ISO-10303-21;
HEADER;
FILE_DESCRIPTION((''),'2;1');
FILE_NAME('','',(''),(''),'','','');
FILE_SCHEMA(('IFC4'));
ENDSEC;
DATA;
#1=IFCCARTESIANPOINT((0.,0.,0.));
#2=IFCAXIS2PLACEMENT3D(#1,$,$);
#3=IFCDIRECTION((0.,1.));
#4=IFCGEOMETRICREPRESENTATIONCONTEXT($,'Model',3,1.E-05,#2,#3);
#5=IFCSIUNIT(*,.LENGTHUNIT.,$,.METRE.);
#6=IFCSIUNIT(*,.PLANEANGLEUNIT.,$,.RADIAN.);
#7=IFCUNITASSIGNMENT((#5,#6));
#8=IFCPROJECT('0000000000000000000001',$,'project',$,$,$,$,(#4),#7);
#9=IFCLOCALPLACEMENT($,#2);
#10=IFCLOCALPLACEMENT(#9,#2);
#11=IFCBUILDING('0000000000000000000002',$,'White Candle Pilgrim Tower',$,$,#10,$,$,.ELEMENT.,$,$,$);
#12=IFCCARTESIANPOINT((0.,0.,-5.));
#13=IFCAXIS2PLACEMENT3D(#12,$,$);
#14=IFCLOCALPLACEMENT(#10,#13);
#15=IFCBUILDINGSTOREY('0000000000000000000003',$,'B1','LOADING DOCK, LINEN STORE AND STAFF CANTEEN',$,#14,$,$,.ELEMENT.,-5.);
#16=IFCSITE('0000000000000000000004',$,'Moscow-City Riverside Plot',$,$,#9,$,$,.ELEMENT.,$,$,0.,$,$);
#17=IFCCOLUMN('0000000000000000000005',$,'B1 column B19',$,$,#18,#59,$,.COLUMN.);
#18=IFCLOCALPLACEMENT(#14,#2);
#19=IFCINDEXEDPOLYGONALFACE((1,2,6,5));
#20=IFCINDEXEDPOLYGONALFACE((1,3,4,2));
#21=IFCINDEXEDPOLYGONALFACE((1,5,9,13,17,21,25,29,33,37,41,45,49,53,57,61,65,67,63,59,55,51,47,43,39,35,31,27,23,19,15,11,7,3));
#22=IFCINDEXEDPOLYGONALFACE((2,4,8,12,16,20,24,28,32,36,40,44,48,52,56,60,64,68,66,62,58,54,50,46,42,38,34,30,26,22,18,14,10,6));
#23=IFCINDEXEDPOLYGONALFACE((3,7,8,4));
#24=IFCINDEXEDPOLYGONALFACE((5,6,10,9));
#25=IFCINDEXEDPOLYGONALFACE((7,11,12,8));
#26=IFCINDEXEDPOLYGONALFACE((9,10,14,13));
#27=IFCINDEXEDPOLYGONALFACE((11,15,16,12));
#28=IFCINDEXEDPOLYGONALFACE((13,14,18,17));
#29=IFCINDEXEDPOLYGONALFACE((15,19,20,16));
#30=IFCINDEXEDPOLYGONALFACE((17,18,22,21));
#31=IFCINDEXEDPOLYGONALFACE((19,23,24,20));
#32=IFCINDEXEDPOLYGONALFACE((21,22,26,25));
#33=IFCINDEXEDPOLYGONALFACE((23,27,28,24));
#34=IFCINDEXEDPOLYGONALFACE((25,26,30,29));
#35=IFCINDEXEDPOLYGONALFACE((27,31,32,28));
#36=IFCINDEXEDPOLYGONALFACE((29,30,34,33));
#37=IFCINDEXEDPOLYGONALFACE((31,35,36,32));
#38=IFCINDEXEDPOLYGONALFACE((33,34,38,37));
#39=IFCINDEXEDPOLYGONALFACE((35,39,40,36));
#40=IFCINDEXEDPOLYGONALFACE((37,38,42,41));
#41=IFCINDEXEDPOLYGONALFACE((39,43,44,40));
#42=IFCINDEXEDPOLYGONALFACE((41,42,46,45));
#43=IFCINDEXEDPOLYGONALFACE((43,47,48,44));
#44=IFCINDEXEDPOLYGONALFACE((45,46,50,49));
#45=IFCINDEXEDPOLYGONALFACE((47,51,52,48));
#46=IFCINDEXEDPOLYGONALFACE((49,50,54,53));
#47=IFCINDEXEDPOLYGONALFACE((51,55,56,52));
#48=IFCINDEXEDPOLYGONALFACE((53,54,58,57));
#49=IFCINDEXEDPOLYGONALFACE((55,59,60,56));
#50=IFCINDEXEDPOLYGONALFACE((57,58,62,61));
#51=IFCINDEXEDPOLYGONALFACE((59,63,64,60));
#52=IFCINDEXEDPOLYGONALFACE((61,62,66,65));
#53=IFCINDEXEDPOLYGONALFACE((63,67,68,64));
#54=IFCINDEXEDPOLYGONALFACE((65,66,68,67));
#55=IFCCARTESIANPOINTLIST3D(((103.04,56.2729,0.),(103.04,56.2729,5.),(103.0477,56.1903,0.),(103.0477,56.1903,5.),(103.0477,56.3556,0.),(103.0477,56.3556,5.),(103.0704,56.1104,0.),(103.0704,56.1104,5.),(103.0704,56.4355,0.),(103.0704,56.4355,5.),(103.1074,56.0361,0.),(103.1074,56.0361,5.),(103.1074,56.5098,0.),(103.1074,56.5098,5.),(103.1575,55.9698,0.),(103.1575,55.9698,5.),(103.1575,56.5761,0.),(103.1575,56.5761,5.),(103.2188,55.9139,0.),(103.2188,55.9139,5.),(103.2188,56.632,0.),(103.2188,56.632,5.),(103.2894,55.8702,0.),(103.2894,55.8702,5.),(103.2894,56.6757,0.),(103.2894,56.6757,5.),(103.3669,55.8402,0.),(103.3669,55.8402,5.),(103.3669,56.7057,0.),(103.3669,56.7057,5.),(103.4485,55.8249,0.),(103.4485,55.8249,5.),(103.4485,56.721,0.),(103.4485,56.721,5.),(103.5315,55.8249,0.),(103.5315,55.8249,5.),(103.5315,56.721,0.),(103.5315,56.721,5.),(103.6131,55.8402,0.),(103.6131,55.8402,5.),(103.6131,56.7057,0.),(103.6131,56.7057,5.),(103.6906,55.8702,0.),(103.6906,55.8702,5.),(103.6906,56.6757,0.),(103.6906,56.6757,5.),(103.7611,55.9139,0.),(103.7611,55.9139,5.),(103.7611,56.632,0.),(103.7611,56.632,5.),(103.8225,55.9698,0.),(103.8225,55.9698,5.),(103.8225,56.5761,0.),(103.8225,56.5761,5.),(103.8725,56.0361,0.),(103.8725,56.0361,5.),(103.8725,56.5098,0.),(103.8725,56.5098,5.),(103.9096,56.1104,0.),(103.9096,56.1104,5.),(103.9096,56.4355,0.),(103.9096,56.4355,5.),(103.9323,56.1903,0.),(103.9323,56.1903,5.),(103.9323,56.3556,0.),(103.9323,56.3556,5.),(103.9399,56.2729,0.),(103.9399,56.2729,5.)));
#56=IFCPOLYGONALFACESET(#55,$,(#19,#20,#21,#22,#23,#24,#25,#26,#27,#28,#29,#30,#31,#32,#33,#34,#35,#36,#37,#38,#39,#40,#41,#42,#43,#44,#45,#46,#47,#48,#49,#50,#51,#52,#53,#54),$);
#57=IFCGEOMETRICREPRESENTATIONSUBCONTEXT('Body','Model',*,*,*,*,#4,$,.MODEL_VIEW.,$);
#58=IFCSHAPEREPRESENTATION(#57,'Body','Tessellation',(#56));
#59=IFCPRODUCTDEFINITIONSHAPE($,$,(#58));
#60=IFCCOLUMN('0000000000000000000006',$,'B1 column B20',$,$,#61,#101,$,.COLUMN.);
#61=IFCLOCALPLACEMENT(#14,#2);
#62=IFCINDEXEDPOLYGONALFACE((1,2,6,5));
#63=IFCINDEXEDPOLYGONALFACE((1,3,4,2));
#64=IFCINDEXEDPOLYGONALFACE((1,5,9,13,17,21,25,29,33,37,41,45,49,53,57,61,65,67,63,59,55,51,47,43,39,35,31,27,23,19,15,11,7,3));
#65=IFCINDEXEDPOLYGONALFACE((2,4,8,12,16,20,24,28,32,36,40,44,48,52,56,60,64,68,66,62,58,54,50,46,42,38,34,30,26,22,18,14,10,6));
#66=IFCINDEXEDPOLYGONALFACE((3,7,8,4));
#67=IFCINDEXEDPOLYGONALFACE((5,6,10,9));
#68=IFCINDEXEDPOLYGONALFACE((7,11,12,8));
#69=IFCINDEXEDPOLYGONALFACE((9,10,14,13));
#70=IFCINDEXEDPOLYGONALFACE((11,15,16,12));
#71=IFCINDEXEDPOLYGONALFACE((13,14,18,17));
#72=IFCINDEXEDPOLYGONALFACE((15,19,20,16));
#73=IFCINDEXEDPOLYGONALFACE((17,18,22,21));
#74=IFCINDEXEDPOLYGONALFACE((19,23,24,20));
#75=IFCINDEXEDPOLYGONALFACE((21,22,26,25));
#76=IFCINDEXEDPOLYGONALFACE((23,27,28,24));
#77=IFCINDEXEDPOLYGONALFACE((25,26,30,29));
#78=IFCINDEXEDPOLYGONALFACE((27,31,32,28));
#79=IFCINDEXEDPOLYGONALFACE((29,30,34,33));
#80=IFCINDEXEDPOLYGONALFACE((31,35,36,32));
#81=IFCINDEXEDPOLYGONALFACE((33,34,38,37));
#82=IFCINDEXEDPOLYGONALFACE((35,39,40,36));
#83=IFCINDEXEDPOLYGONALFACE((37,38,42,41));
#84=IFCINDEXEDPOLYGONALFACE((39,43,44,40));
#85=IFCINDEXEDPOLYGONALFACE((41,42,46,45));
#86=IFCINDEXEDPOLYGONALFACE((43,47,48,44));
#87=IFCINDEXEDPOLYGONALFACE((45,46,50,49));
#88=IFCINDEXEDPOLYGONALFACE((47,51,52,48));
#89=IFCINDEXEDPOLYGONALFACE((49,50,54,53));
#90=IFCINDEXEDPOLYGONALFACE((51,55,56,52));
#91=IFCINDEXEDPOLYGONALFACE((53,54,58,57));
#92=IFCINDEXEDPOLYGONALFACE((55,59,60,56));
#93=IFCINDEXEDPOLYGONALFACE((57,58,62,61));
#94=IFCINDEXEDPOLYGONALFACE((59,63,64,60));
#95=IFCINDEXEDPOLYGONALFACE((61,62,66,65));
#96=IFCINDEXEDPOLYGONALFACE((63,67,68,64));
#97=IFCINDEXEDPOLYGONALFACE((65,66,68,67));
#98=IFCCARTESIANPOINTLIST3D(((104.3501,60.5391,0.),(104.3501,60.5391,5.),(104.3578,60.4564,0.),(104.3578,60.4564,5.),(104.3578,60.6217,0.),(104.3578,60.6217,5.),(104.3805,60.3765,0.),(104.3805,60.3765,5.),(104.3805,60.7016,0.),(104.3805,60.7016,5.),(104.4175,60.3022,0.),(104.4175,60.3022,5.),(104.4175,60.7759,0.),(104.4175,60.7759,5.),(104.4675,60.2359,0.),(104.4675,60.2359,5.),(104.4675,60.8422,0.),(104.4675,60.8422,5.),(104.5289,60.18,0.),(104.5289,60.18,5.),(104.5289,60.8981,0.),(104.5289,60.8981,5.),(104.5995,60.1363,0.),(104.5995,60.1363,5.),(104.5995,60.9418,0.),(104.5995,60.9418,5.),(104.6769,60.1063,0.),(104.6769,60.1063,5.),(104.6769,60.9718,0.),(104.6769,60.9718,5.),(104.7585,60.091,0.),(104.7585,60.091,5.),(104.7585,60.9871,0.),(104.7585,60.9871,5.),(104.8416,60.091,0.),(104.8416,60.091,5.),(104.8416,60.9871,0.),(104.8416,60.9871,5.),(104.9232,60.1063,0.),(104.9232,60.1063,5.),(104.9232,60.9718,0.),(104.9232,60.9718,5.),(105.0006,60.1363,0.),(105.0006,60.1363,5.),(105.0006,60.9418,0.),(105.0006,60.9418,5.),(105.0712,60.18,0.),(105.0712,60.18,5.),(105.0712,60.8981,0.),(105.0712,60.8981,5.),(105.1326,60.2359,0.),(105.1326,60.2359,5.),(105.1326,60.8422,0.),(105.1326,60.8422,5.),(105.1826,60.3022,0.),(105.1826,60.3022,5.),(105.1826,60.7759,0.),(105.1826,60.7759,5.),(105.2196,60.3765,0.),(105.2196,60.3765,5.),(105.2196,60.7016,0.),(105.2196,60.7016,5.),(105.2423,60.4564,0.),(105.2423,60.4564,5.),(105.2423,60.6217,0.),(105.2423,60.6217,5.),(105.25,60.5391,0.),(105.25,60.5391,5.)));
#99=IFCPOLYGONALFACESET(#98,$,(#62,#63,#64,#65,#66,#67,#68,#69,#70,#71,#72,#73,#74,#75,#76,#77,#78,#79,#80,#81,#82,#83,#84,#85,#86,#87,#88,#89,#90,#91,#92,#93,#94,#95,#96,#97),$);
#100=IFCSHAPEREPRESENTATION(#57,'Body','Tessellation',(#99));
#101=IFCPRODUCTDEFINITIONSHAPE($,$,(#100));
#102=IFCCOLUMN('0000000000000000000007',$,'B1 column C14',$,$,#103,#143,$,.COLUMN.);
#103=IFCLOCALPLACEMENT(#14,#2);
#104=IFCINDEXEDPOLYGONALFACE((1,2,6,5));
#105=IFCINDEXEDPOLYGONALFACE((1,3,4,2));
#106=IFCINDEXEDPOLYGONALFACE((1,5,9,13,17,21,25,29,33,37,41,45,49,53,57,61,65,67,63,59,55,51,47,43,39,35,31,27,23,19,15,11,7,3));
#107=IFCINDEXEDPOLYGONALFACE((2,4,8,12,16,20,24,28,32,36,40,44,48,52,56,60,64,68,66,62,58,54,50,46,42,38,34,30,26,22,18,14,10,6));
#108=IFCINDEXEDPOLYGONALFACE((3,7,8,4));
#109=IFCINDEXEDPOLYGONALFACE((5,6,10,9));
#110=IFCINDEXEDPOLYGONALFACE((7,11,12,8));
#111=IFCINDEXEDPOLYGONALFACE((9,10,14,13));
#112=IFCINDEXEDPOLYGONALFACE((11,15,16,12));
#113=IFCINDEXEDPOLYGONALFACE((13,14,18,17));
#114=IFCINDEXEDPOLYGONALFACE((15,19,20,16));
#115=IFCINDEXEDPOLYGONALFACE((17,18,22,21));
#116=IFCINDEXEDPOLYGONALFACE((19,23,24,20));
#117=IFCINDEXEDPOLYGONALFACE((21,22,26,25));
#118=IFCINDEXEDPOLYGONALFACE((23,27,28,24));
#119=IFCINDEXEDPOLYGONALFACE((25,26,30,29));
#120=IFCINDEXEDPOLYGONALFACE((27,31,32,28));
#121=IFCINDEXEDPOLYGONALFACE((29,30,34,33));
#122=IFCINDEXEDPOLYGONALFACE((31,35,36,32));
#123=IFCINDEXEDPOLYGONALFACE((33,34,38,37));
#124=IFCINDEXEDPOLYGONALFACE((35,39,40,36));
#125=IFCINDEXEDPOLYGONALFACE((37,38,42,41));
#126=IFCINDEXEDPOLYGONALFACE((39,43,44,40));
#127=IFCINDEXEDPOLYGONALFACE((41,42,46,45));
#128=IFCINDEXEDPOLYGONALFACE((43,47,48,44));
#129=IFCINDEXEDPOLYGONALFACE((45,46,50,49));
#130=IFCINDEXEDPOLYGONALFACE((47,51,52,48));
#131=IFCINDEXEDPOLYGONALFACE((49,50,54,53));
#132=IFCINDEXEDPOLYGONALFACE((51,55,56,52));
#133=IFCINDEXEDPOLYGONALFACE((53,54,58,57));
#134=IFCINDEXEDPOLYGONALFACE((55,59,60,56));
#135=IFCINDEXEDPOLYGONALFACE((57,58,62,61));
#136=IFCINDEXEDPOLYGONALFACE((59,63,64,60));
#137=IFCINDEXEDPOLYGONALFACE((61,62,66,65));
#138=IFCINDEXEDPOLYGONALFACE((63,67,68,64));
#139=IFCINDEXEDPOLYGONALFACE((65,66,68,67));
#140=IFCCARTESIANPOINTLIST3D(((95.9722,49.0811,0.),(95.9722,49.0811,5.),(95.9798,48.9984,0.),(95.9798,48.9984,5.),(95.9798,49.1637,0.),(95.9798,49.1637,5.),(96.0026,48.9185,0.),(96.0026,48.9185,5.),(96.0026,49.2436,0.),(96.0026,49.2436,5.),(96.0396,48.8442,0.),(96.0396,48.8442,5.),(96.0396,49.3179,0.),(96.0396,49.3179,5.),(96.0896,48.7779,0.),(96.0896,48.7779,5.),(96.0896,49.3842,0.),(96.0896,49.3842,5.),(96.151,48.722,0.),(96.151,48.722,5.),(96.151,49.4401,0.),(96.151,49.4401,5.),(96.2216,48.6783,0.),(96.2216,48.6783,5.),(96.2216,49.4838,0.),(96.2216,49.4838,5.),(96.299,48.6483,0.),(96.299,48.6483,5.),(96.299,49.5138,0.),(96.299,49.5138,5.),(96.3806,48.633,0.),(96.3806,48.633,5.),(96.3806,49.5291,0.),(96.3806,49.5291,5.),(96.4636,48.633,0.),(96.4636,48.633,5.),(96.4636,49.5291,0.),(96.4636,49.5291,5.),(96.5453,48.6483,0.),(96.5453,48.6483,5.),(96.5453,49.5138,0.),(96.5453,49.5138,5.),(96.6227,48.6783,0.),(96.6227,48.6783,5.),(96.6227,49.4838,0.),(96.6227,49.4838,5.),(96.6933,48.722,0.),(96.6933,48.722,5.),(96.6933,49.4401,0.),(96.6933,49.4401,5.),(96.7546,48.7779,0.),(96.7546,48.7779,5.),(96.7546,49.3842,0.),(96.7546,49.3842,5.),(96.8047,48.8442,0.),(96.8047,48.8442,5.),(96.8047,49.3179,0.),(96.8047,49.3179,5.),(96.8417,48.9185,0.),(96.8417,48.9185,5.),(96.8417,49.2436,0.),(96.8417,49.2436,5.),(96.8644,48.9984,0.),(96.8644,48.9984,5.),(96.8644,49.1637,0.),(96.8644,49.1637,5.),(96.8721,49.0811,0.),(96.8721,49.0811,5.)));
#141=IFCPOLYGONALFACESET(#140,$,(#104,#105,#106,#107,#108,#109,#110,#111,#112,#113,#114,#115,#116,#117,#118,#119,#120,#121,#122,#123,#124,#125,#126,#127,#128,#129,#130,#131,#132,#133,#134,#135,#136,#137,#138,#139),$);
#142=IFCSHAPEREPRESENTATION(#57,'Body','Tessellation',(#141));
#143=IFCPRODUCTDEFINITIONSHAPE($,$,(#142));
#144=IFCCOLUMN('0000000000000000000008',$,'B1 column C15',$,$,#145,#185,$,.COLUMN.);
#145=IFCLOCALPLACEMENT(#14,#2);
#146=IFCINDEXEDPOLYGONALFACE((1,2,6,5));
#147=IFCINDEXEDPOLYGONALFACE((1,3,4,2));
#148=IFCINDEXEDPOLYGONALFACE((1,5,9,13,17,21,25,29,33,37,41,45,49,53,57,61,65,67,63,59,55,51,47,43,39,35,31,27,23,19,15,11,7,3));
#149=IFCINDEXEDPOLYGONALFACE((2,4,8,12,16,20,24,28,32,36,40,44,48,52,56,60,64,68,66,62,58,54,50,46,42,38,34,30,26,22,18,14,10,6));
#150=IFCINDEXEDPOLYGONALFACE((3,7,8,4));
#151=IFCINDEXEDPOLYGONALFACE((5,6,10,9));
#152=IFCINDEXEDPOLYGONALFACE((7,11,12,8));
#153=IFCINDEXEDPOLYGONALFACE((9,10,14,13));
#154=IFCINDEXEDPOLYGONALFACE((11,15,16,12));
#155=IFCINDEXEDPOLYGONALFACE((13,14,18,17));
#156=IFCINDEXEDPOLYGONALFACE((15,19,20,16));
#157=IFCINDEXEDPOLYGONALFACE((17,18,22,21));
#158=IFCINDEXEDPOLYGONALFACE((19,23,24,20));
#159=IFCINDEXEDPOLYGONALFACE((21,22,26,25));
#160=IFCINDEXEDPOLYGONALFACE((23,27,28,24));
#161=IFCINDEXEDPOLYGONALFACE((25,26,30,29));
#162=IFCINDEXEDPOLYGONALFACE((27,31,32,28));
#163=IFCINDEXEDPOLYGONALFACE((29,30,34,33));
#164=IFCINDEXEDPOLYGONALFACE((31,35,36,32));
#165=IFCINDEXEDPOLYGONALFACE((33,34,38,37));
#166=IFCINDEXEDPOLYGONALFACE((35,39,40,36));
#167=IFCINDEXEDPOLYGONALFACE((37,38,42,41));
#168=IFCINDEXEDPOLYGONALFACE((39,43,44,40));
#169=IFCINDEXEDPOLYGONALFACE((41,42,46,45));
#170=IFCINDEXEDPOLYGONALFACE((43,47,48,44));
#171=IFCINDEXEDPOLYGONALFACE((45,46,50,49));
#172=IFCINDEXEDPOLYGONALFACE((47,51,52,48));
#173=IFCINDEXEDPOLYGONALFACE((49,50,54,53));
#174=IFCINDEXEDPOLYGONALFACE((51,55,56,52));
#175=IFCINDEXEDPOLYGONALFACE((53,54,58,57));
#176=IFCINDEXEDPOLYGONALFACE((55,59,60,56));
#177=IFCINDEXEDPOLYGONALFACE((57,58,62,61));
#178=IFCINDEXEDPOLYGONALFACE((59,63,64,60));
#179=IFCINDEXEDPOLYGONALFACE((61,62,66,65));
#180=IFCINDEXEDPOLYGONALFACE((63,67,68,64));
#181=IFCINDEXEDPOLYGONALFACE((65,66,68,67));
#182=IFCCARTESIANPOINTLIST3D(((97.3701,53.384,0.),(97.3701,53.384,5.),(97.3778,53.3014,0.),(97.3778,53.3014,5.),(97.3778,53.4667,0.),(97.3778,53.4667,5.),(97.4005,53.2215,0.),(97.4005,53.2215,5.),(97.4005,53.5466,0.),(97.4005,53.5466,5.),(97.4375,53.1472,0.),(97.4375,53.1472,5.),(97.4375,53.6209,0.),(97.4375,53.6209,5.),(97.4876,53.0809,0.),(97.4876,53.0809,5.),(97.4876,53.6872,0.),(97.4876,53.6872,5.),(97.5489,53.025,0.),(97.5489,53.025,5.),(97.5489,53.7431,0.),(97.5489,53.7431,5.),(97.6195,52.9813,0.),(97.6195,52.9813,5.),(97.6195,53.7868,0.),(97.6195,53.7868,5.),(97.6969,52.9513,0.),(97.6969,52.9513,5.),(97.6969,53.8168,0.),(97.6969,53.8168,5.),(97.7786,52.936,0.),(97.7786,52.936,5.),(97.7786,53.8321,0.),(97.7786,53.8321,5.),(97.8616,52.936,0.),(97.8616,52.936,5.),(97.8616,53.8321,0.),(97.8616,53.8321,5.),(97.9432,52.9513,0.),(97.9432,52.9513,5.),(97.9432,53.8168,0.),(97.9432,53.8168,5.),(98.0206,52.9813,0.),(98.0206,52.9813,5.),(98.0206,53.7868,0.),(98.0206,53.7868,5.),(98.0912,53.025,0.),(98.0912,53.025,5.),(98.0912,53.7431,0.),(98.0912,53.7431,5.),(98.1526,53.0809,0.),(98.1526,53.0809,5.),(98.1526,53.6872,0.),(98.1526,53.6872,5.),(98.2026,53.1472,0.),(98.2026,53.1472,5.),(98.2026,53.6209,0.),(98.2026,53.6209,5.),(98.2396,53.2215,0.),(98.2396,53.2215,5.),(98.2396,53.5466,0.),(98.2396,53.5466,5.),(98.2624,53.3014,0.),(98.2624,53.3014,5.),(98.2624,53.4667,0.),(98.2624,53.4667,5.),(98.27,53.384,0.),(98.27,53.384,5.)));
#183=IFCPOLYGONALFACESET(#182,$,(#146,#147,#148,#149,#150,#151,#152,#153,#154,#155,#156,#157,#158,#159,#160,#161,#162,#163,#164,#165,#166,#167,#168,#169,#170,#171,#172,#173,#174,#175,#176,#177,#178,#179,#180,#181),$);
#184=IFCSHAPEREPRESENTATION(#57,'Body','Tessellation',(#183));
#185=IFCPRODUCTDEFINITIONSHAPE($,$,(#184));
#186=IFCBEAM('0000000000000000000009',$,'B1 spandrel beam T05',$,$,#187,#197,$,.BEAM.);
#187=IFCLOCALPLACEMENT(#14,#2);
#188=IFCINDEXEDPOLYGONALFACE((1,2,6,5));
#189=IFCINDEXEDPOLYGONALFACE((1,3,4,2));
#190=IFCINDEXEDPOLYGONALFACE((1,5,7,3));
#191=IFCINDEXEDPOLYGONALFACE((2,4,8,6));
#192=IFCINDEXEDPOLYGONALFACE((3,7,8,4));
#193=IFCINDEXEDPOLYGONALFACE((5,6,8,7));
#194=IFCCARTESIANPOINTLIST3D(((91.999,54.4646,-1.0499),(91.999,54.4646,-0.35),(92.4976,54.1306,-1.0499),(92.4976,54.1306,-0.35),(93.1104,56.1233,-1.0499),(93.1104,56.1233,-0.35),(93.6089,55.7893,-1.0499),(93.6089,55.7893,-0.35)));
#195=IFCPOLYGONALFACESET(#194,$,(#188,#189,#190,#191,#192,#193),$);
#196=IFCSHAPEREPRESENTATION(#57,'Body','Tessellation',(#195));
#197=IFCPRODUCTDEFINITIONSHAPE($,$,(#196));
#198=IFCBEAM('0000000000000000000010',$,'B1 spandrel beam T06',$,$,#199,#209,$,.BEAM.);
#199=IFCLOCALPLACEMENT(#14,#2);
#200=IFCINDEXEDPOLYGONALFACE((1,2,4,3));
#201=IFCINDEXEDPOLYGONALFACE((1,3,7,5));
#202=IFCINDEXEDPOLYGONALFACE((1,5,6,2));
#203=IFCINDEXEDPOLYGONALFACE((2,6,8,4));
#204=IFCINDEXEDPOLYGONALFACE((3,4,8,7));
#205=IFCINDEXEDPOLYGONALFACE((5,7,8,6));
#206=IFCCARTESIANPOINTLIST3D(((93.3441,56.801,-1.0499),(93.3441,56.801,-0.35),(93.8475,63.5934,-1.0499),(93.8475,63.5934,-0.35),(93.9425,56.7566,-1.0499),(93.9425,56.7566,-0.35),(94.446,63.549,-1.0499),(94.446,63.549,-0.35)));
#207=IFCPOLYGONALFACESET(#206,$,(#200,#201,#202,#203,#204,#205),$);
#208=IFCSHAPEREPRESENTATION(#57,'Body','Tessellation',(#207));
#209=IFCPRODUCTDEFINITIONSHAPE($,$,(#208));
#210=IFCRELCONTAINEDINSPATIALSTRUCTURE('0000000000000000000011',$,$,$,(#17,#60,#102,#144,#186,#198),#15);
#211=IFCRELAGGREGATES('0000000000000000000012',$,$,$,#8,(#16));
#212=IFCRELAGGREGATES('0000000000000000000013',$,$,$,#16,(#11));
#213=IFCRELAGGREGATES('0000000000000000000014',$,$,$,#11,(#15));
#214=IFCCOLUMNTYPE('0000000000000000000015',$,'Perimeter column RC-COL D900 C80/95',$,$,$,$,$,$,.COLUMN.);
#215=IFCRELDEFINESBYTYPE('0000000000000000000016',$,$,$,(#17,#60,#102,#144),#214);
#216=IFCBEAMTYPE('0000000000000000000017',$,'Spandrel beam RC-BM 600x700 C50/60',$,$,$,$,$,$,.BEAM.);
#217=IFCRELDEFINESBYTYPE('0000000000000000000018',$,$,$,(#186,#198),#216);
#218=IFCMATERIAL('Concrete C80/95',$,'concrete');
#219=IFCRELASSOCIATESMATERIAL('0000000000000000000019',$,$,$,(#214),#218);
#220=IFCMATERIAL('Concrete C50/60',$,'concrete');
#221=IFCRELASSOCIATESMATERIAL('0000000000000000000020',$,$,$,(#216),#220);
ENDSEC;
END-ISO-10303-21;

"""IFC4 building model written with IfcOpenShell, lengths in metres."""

from ifc_helpers import new_model, si_unit, direction, frame, origin, origin_2d, place, context, subcontext, project, spatial, rectangle, circle, extrude, material, material_profile, profile_set, type_object, element, save


model = new_model("IFC4")

# Units and contexts
model_context = context("Model", 3, precision=1e-05, world=origin(), true_north=direction((0.0, 1.0)))
body_context = subcontext(model_context, "Body", "Model", "MODEL_VIEW")
ifc_project = project(units=[si_unit("LENGTHUNIT", "METRE"), si_unit("PLANEANGLEUNIT", "RADIAN")], contexts=[model_context])

# Site, building, storey
site_placement = place(None, origin())
site = spatial("IfcSite", under=ifc_project, at=site_placement, Name="Moscow-City Riverside Plot", CompositionType="ELEMENT", RefElevation=0.0)
building_placement = place(site_placement, origin())
building = spatial("IfcBuilding", under=site, at=building_placement, Name="White Candle Pilgrim Tower", CompositionType="ELEMENT")
storey_placement = place(building_placement, frame((0.0, 0.0, -5.0)))
storey = spatial("IfcBuildingStorey", under=building, at=storey_placement, Name="B1", Description="LOADING DOCK, LINEN STORE AND STAFF CANTEEN", CompositionType="ELEMENT", Elevation=-5.0)

# Columns
ifc_material_1 = material(Name="Concrete C80/95", Category="concrete")
ifc_material_profile_1 = material_profile(ifc_material_1, circle(Radius=0.45, at=origin_2d()), Name="RC-COL D900")
ifc_profile_set_1 = profile_set([ifc_material_profile_1], Name="Concrete C80/95")
column_type_1 = type_object("IfcColumnType", Name="Perimeter column RC-COL D900 C80/95", PredefinedType="COLUMN", material=ifc_profile_set_1)
for number, where, z_axis, x_axis, name in (
    (1, (103.49, 56.2729, 0.0), (0.0, 0.0, 1.0), (1.0, 0.0, 0.0), "B1 column B19"),
    (2, (104.8, 60.5391, 0.0), (0.0, 0.0, 1.0), (1.0, 0.0, 0.0), "B1 column B20"),
    (3, (96.4221, 49.0811, 0.0), (0.0, 0.0, 1.0), (1.0, 0.0, 0.0), "B1 column C14"),
    (4, (97.8201, 53.384, 0.0), (0.0, 0.0, 1.0), (1.0, 0.0, 0.0), "B1 column C15"),
):
    element("IfcColumn", number, at=place(storey_placement, frame(where, z_axis=z_axis, x_axis=x_axis)), inside=storey, type_object=column_type_1, Name=name, PredefinedType="COLUMN", context=body_context, shape_type="SweptSolid", body=[
        extrude(circle(Radius=0.45, at=origin_2d()), origin(), (0.0, 0.0, 1.0), 5.0),
    ])

# Beams
ifc_material_2 = material(Name="Concrete C50/60", Category="concrete")
ifc_material_profile_2 = material_profile(ifc_material_2, rectangle(XDim=0.6001, YDim=0.7, at=origin_2d()), Name="RC-BM 600x700")
ifc_profile_set_2 = profile_set([ifc_material_profile_2], Name="Concrete C50/60")
beam_type_1 = type_object("IfcBeamType", Name="Spandrel beam RC-BM 600x700 C50/60", PredefinedType="BEAM", material=ifc_profile_set_2)
beam_1_placement = place(storey_placement, frame((92.2483, 54.2976, -0.7), z_axis=(0.556618, 0.830769, 0.0), x_axis=(-0.830769, 0.556618, 0.0)))
element("IfcBeam", 5, at=beam_1_placement, inside=storey, type_object=beam_type_1, Name="B1 spandrel beam T05", PredefinedType="BEAM", context=body_context, shape_type="SweptSolid", body=[
    extrude(rectangle(XDim=0.6001, YDim=0.7, at=origin_2d()), origin(), (0.0, 0.0, 1.0), 1.9966),
])
beam_2_placement = place(storey_placement, frame((93.6433, 56.7788, -0.7), z_axis=(0.073911, 0.997265, 0.0), x_axis=(-0.997265, 0.073911, 0.0)))
element("IfcBeam", 6, at=beam_2_placement, inside=storey, type_object=beam_type_1, Name="B1 spandrel beam T06", PredefinedType="BEAM", context=body_context, shape_type="SweptSolid", body=[
    extrude(rectangle(XDim=0.6001, YDim=0.7, at=origin_2d()), origin(), (0.0, 0.0, 1.0), 6.811),
])

save(model, "model.ifc")
